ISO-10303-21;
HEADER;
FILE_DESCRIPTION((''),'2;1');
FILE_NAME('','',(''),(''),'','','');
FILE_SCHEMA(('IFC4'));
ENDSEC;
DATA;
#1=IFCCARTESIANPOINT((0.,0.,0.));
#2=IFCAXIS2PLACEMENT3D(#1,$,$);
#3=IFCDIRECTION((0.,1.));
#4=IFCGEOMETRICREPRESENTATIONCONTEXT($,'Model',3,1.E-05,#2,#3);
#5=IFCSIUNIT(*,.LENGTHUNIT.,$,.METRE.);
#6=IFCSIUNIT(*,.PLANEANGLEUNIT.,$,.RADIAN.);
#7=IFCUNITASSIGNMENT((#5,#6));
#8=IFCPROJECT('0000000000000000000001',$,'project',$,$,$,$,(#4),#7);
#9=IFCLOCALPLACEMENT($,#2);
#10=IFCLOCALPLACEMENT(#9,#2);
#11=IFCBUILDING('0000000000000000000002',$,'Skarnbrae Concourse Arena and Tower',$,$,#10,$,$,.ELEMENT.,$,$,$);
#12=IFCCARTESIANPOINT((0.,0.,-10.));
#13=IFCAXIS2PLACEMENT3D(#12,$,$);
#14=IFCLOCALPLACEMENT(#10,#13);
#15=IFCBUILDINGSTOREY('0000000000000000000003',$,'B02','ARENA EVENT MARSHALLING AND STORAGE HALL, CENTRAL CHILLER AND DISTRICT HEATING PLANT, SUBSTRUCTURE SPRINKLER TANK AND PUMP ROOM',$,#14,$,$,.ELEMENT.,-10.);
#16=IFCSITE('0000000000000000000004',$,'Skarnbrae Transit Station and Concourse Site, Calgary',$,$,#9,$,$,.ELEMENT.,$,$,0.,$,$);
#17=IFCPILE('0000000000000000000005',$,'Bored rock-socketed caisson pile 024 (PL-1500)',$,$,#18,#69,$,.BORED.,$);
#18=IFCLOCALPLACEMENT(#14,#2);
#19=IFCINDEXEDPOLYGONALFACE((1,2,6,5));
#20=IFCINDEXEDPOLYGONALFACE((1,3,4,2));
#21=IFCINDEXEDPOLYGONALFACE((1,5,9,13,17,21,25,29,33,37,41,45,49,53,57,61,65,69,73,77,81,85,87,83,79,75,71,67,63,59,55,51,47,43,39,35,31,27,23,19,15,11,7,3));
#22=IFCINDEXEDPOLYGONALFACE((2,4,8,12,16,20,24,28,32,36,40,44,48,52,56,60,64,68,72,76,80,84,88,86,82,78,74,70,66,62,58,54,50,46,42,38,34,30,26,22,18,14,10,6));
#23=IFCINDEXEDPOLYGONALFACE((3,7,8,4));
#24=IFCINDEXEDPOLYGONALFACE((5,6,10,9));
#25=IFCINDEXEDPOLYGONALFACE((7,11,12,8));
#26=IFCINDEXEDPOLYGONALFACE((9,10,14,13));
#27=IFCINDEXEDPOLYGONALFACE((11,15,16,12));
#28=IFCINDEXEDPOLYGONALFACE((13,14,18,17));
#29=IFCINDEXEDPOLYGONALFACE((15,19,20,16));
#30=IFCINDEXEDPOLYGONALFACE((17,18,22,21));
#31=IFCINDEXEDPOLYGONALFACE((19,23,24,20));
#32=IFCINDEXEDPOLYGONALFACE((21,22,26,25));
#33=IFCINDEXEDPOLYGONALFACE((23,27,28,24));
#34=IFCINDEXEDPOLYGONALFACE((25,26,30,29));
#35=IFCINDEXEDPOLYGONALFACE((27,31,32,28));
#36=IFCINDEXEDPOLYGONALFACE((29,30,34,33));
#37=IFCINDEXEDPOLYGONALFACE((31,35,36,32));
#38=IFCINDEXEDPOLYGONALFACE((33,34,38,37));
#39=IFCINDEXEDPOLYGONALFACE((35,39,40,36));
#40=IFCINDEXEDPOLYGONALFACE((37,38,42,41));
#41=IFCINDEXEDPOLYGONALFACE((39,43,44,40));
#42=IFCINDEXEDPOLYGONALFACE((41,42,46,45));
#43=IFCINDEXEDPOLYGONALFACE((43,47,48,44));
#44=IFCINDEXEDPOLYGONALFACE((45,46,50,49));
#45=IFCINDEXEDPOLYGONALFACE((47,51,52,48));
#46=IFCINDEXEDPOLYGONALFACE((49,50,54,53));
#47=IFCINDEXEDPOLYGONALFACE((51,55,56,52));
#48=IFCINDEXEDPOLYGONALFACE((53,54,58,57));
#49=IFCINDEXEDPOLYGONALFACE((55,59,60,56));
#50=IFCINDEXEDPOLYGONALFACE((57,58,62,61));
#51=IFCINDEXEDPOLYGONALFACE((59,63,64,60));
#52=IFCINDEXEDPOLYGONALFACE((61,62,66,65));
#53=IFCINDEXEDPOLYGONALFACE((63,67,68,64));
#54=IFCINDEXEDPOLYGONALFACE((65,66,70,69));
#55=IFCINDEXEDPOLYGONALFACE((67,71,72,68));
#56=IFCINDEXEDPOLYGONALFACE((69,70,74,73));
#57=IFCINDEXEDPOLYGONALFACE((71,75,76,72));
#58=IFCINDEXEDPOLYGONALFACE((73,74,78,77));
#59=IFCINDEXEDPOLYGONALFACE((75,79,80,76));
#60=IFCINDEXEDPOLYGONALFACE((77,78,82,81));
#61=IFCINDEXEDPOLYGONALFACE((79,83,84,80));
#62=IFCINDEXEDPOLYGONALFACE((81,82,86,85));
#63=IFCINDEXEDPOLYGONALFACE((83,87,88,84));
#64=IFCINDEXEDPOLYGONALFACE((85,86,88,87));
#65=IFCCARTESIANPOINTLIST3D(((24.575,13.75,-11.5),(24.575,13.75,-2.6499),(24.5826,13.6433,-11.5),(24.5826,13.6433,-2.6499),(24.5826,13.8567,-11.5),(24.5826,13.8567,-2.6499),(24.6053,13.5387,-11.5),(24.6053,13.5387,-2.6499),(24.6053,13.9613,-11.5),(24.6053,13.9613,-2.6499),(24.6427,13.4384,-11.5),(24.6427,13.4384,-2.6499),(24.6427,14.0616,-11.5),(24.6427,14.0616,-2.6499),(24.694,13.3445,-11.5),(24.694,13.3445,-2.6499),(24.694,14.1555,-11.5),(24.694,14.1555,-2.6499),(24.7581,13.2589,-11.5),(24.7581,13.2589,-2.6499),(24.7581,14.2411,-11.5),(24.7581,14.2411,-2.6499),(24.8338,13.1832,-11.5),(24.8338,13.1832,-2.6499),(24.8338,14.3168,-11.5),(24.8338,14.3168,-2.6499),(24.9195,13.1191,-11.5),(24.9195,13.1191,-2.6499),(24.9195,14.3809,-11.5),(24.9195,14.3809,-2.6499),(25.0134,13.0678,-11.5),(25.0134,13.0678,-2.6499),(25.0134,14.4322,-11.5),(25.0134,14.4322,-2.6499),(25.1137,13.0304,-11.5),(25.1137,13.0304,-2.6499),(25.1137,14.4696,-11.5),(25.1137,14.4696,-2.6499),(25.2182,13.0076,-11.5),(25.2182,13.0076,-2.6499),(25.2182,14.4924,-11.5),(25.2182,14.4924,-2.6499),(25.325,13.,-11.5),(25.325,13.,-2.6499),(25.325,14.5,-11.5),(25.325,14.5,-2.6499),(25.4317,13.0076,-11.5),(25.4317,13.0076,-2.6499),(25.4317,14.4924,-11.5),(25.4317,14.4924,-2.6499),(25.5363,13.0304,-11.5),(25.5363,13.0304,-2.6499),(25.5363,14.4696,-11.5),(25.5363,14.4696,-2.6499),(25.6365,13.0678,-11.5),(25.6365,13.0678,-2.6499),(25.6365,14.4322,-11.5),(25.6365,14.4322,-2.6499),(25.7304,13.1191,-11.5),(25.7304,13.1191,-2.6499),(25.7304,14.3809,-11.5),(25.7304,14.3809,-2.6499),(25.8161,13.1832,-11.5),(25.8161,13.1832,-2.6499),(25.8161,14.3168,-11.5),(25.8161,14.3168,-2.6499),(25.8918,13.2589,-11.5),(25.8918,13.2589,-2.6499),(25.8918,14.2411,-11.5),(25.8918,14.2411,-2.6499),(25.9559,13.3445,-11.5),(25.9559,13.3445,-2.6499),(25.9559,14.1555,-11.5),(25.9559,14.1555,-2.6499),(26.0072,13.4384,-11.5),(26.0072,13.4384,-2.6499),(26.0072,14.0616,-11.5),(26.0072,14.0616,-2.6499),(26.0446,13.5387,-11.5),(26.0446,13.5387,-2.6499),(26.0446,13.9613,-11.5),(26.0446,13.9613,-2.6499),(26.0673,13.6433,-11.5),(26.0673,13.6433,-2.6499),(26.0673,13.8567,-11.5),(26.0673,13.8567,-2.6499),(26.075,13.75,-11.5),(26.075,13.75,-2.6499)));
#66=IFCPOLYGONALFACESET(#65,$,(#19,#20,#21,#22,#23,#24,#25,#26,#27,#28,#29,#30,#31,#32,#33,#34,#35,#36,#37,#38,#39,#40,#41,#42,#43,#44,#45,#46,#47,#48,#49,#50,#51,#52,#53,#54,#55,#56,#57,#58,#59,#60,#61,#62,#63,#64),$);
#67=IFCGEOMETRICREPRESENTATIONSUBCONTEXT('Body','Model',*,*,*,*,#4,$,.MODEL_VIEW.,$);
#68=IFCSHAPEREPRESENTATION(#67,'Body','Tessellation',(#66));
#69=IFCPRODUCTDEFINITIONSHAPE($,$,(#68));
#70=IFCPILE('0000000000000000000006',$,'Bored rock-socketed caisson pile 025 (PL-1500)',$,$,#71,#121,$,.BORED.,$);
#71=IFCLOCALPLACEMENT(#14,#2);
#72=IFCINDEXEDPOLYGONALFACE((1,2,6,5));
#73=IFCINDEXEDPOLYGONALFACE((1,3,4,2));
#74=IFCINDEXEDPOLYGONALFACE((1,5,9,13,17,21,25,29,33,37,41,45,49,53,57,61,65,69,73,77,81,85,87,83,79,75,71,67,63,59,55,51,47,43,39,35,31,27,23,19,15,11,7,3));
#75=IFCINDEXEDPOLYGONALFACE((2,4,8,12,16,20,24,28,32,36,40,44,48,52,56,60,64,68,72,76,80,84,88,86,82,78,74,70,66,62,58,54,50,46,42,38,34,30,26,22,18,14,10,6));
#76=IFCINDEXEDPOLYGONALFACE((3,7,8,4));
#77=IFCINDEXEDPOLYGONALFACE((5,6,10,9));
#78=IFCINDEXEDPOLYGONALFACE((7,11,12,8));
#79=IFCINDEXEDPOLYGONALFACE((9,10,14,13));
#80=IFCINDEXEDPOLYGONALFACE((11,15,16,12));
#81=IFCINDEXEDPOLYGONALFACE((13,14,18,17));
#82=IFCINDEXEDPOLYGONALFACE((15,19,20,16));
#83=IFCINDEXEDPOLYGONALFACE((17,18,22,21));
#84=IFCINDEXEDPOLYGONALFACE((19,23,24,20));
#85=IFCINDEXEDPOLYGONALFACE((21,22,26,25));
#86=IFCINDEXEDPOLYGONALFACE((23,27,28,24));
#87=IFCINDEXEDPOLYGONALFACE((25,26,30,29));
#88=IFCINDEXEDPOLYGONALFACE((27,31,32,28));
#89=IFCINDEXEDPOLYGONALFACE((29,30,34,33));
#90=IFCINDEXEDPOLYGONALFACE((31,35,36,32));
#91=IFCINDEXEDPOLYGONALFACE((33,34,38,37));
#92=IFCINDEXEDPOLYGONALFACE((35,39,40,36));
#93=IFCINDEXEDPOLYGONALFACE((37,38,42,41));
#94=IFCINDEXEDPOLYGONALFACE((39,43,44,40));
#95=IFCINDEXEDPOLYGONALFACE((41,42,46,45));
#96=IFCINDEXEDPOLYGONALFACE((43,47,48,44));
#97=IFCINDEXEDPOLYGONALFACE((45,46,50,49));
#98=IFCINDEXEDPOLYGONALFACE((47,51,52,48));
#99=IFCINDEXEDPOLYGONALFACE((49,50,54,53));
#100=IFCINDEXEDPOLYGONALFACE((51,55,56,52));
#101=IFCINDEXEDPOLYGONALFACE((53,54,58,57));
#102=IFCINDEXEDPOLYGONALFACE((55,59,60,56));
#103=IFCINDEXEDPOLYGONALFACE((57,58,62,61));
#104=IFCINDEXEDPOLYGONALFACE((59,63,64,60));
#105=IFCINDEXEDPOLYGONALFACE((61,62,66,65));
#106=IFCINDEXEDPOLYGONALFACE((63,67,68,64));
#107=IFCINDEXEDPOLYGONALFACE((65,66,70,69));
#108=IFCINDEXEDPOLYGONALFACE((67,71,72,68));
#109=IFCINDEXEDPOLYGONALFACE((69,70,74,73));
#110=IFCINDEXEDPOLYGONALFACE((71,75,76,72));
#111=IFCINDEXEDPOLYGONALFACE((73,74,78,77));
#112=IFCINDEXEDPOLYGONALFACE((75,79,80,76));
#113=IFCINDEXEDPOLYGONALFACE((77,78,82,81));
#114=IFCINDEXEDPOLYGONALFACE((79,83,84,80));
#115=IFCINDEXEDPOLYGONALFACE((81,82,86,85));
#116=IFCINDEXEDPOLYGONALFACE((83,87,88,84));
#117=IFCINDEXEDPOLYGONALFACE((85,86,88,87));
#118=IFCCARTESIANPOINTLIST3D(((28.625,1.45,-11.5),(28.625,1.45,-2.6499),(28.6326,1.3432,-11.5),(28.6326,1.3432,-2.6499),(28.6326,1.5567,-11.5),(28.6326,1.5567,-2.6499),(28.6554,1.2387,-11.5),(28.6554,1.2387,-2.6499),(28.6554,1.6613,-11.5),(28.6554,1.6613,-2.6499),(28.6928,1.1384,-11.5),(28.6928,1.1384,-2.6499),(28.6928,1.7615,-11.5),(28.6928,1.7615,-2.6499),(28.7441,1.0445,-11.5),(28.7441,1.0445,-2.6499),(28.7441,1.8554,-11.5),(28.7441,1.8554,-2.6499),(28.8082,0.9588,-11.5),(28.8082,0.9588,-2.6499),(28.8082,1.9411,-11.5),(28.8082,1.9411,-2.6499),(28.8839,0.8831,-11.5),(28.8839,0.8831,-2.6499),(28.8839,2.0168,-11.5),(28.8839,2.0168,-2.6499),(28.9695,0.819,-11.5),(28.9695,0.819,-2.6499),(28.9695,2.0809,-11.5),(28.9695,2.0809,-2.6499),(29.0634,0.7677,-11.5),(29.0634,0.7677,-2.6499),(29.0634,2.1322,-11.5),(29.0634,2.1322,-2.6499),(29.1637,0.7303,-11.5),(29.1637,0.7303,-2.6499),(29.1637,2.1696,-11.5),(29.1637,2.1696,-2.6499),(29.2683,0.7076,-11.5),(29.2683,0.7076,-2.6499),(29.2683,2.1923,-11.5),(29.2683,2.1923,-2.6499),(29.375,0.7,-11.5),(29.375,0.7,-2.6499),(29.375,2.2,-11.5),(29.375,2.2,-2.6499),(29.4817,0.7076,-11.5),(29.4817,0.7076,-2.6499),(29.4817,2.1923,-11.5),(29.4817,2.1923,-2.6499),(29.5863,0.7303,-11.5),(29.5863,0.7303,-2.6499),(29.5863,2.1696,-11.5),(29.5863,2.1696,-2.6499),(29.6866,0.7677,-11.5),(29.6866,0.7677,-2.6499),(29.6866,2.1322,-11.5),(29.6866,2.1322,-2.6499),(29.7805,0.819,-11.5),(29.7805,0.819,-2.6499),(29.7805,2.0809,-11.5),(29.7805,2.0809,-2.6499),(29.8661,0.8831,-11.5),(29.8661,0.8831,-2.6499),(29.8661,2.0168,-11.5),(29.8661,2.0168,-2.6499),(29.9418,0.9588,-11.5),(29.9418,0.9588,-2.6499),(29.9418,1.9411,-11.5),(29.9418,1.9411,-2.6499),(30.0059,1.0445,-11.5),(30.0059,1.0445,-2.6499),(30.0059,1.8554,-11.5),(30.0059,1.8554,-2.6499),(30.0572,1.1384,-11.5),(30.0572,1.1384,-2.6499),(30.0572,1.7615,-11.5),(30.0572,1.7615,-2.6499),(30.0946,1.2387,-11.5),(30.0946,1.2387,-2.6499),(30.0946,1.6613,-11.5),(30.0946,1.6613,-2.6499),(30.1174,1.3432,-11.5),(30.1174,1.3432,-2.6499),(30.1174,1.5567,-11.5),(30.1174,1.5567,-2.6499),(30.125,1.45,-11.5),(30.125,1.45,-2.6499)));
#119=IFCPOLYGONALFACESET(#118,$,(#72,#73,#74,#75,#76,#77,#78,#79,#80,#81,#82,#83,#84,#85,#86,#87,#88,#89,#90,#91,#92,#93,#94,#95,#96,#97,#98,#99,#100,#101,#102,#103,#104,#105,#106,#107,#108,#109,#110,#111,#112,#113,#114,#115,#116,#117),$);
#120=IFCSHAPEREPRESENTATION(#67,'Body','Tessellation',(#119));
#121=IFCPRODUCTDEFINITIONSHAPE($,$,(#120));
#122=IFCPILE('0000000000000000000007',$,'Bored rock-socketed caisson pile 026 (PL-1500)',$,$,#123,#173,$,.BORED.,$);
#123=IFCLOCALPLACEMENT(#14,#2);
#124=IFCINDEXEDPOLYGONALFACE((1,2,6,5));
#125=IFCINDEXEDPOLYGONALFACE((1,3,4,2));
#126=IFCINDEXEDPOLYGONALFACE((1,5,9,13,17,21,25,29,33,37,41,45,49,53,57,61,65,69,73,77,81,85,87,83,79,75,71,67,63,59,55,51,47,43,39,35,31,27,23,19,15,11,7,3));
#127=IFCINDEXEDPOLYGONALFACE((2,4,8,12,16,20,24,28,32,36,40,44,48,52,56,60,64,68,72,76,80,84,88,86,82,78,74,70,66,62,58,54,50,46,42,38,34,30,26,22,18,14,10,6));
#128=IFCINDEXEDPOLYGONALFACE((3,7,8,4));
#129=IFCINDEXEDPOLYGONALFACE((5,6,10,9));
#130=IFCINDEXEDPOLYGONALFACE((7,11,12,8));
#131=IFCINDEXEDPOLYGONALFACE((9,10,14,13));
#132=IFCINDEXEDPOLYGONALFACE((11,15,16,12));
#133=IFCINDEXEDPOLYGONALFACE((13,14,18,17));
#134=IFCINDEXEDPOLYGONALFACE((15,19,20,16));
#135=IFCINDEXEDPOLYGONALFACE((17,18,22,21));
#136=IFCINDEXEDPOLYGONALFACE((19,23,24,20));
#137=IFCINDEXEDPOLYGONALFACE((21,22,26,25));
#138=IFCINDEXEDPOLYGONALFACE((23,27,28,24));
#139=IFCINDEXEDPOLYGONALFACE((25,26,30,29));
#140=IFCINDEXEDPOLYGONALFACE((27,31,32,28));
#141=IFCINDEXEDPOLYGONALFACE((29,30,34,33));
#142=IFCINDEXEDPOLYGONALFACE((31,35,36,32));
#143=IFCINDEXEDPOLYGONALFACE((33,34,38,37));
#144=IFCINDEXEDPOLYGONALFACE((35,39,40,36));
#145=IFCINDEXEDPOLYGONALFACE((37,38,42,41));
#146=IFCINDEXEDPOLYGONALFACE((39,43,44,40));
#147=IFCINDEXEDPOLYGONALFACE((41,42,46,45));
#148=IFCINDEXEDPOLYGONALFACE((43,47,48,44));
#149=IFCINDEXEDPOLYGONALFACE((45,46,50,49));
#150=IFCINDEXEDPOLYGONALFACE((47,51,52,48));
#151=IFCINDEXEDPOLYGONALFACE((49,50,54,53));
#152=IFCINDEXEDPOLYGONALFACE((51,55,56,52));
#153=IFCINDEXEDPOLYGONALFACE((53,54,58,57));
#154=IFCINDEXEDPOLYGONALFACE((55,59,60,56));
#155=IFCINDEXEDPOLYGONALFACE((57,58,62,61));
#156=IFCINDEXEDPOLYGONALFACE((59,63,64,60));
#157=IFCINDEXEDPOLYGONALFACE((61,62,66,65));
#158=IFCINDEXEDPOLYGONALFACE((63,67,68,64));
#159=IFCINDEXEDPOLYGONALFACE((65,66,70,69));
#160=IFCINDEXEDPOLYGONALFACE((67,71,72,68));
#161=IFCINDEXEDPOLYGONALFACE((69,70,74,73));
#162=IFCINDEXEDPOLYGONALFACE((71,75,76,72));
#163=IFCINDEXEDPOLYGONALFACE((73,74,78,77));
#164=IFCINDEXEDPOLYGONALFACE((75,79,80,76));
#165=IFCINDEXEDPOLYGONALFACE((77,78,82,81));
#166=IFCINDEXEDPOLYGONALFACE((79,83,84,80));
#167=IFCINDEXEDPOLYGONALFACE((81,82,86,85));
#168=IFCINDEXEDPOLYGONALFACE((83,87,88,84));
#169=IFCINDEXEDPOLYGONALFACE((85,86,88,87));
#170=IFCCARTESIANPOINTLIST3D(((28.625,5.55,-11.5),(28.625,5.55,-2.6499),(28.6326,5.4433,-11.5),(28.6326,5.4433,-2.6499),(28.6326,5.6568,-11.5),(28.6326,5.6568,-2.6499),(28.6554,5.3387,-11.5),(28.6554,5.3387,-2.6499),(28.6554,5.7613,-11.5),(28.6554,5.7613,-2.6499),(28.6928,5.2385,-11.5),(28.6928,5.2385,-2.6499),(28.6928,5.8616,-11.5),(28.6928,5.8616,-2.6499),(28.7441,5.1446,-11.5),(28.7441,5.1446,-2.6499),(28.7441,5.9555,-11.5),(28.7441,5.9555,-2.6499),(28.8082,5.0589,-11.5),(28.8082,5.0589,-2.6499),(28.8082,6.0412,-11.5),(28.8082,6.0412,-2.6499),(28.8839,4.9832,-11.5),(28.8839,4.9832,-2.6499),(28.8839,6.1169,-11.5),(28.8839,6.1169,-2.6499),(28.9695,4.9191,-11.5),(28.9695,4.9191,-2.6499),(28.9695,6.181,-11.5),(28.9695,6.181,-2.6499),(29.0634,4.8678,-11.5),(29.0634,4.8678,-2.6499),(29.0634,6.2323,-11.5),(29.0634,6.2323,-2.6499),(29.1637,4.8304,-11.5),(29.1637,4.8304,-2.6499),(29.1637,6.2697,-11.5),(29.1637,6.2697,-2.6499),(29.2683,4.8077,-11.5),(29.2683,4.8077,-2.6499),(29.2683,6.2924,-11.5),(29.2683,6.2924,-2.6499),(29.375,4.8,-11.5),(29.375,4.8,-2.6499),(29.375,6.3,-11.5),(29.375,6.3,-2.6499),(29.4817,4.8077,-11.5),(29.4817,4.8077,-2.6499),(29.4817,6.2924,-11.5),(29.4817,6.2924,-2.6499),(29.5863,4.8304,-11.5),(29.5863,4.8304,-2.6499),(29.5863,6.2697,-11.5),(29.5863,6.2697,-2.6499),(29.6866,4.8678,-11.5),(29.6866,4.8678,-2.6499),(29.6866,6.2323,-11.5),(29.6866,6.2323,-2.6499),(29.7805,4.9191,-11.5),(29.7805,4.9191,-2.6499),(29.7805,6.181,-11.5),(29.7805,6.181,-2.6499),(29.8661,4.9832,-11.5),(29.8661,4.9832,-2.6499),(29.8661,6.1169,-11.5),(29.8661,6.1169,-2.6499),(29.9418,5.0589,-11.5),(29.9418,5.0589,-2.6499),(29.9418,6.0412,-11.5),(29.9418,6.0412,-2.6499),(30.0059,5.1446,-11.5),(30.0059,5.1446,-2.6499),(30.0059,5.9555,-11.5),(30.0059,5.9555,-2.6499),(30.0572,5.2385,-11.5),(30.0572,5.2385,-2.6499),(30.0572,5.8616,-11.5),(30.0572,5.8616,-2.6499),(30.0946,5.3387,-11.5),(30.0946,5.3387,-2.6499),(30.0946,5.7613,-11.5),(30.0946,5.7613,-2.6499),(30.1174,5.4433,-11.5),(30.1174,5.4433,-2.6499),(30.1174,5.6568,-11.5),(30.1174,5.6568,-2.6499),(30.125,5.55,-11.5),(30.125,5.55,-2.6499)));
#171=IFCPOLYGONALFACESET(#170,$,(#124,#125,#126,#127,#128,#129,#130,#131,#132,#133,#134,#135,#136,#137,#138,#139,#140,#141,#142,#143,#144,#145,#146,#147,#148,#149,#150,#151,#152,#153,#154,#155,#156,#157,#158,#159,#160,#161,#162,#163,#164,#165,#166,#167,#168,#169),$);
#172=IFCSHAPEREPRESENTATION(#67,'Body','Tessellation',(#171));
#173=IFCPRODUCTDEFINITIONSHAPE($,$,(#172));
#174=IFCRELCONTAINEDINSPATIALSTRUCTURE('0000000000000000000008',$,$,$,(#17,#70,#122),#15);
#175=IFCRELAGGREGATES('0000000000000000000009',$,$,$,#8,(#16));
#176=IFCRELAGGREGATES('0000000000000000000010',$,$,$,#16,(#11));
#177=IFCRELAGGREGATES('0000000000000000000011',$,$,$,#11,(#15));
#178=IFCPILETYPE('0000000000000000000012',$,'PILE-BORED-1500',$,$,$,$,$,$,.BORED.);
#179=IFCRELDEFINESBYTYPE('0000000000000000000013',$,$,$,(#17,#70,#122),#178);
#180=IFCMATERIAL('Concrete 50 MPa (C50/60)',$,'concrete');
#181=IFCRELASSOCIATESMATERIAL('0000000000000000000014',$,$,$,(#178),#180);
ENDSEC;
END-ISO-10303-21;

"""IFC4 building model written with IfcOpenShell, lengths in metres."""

from ifc_helpers import new_model, si_unit, direction, frame, origin, origin_2d, place, context, subcontext, project, spatial, circle, extrude, source, transform, mapped, material, material_profile, profile_set, type_object, element, save


model = new_model("IFC4")

# Units and contexts
model_context = context("Model", 3, precision=1e-05, world=origin(), true_north=direction((0.0, 1.0)))
body_context = subcontext(model_context, "Body", "Model", "MODEL_VIEW")
ifc_project = project(units=[si_unit("LENGTHUNIT", "METRE"), si_unit("PLANEANGLEUNIT", "RADIAN")], contexts=[model_context])

# Site, building, storey
site_placement = place(None, origin())
site = spatial("IfcSite", under=ifc_project, at=site_placement, Name="Skarnbrae Transit Station and Concourse Site, Calgary", CompositionType="ELEMENT", RefElevation=0.0)
building_placement = place(site_placement, origin())
building = spatial("IfcBuilding", under=site, at=building_placement, Name="Skarnbrae Concourse Arena and Tower", CompositionType="ELEMENT")
storey_placement = place(building_placement, frame((0.0, 0.0, -10.0)))
storey = spatial("IfcBuildingStorey", under=building, at=storey_placement, Name="B02", Description="ARENA EVENT MARSHALLING AND STORAGE HALL, CENTRAL CHILLER AND DISTRICT HEATING PLANT, SUBSTRUCTURE SPRINKLER TANK AND PUMP ROOM", CompositionType="ELEMENT", Elevation=-10.0)

# Piles
ifc_material_1 = material(Name="Concrete 50 MPa (C50/60)", Category="concrete")
ifc_material_profile = material_profile(ifc_material_1, circle(Radius=0.75, at=origin_2d()), Name="CAISSON-1500")
ifc_profile_set = profile_set([ifc_material_profile], Name="Concrete 50 MPa (C50/60)")
pile_type = type_object("IfcPileType", Name="PILE-BORED-1500", PredefinedType="BORED", material=ifc_profile_set)
shared_shape_1 = source(origin(), body_context, "Body", "SweptSolid", [
    extrude(circle(Radius=0.75, at=origin_2d()), origin(), (0.0, 0.0, 1.0), 8.8501),
])
for number, where, z_axis, x_axis, name in (
    (1, (25.325, 13.75, -2.6499), (0.0, 0.0, -1.0), (1.0, 0.0, 0.0), "Bored rock-socketed caisson pile 024 (PL-1500)"),
    (2, (29.375, 1.45, -2.6499), (0.0, 0.0, -1.0), (1.0, 0.0, 0.0), "Bored rock-socketed caisson pile 025 (PL-1500)"),
    (3, (29.375, 5.55, -2.6499), (0.0, 0.0, -1.0), (1.0, 0.0, 0.0), "Bored rock-socketed caisson pile 026 (PL-1500)"),
):
    element("IfcPile", number, at=place(storey_placement, frame(where, z_axis=z_axis, x_axis=x_axis)), inside=storey, type_object=pile_type, Name=name, PredefinedType="BORED", context=body_context, shape_type="MappedRepresentation", body=[
        mapped(shared_shape_1, transform((0.0, 0.0, 0.0))),
    ])

save(model, "model.ifc")
